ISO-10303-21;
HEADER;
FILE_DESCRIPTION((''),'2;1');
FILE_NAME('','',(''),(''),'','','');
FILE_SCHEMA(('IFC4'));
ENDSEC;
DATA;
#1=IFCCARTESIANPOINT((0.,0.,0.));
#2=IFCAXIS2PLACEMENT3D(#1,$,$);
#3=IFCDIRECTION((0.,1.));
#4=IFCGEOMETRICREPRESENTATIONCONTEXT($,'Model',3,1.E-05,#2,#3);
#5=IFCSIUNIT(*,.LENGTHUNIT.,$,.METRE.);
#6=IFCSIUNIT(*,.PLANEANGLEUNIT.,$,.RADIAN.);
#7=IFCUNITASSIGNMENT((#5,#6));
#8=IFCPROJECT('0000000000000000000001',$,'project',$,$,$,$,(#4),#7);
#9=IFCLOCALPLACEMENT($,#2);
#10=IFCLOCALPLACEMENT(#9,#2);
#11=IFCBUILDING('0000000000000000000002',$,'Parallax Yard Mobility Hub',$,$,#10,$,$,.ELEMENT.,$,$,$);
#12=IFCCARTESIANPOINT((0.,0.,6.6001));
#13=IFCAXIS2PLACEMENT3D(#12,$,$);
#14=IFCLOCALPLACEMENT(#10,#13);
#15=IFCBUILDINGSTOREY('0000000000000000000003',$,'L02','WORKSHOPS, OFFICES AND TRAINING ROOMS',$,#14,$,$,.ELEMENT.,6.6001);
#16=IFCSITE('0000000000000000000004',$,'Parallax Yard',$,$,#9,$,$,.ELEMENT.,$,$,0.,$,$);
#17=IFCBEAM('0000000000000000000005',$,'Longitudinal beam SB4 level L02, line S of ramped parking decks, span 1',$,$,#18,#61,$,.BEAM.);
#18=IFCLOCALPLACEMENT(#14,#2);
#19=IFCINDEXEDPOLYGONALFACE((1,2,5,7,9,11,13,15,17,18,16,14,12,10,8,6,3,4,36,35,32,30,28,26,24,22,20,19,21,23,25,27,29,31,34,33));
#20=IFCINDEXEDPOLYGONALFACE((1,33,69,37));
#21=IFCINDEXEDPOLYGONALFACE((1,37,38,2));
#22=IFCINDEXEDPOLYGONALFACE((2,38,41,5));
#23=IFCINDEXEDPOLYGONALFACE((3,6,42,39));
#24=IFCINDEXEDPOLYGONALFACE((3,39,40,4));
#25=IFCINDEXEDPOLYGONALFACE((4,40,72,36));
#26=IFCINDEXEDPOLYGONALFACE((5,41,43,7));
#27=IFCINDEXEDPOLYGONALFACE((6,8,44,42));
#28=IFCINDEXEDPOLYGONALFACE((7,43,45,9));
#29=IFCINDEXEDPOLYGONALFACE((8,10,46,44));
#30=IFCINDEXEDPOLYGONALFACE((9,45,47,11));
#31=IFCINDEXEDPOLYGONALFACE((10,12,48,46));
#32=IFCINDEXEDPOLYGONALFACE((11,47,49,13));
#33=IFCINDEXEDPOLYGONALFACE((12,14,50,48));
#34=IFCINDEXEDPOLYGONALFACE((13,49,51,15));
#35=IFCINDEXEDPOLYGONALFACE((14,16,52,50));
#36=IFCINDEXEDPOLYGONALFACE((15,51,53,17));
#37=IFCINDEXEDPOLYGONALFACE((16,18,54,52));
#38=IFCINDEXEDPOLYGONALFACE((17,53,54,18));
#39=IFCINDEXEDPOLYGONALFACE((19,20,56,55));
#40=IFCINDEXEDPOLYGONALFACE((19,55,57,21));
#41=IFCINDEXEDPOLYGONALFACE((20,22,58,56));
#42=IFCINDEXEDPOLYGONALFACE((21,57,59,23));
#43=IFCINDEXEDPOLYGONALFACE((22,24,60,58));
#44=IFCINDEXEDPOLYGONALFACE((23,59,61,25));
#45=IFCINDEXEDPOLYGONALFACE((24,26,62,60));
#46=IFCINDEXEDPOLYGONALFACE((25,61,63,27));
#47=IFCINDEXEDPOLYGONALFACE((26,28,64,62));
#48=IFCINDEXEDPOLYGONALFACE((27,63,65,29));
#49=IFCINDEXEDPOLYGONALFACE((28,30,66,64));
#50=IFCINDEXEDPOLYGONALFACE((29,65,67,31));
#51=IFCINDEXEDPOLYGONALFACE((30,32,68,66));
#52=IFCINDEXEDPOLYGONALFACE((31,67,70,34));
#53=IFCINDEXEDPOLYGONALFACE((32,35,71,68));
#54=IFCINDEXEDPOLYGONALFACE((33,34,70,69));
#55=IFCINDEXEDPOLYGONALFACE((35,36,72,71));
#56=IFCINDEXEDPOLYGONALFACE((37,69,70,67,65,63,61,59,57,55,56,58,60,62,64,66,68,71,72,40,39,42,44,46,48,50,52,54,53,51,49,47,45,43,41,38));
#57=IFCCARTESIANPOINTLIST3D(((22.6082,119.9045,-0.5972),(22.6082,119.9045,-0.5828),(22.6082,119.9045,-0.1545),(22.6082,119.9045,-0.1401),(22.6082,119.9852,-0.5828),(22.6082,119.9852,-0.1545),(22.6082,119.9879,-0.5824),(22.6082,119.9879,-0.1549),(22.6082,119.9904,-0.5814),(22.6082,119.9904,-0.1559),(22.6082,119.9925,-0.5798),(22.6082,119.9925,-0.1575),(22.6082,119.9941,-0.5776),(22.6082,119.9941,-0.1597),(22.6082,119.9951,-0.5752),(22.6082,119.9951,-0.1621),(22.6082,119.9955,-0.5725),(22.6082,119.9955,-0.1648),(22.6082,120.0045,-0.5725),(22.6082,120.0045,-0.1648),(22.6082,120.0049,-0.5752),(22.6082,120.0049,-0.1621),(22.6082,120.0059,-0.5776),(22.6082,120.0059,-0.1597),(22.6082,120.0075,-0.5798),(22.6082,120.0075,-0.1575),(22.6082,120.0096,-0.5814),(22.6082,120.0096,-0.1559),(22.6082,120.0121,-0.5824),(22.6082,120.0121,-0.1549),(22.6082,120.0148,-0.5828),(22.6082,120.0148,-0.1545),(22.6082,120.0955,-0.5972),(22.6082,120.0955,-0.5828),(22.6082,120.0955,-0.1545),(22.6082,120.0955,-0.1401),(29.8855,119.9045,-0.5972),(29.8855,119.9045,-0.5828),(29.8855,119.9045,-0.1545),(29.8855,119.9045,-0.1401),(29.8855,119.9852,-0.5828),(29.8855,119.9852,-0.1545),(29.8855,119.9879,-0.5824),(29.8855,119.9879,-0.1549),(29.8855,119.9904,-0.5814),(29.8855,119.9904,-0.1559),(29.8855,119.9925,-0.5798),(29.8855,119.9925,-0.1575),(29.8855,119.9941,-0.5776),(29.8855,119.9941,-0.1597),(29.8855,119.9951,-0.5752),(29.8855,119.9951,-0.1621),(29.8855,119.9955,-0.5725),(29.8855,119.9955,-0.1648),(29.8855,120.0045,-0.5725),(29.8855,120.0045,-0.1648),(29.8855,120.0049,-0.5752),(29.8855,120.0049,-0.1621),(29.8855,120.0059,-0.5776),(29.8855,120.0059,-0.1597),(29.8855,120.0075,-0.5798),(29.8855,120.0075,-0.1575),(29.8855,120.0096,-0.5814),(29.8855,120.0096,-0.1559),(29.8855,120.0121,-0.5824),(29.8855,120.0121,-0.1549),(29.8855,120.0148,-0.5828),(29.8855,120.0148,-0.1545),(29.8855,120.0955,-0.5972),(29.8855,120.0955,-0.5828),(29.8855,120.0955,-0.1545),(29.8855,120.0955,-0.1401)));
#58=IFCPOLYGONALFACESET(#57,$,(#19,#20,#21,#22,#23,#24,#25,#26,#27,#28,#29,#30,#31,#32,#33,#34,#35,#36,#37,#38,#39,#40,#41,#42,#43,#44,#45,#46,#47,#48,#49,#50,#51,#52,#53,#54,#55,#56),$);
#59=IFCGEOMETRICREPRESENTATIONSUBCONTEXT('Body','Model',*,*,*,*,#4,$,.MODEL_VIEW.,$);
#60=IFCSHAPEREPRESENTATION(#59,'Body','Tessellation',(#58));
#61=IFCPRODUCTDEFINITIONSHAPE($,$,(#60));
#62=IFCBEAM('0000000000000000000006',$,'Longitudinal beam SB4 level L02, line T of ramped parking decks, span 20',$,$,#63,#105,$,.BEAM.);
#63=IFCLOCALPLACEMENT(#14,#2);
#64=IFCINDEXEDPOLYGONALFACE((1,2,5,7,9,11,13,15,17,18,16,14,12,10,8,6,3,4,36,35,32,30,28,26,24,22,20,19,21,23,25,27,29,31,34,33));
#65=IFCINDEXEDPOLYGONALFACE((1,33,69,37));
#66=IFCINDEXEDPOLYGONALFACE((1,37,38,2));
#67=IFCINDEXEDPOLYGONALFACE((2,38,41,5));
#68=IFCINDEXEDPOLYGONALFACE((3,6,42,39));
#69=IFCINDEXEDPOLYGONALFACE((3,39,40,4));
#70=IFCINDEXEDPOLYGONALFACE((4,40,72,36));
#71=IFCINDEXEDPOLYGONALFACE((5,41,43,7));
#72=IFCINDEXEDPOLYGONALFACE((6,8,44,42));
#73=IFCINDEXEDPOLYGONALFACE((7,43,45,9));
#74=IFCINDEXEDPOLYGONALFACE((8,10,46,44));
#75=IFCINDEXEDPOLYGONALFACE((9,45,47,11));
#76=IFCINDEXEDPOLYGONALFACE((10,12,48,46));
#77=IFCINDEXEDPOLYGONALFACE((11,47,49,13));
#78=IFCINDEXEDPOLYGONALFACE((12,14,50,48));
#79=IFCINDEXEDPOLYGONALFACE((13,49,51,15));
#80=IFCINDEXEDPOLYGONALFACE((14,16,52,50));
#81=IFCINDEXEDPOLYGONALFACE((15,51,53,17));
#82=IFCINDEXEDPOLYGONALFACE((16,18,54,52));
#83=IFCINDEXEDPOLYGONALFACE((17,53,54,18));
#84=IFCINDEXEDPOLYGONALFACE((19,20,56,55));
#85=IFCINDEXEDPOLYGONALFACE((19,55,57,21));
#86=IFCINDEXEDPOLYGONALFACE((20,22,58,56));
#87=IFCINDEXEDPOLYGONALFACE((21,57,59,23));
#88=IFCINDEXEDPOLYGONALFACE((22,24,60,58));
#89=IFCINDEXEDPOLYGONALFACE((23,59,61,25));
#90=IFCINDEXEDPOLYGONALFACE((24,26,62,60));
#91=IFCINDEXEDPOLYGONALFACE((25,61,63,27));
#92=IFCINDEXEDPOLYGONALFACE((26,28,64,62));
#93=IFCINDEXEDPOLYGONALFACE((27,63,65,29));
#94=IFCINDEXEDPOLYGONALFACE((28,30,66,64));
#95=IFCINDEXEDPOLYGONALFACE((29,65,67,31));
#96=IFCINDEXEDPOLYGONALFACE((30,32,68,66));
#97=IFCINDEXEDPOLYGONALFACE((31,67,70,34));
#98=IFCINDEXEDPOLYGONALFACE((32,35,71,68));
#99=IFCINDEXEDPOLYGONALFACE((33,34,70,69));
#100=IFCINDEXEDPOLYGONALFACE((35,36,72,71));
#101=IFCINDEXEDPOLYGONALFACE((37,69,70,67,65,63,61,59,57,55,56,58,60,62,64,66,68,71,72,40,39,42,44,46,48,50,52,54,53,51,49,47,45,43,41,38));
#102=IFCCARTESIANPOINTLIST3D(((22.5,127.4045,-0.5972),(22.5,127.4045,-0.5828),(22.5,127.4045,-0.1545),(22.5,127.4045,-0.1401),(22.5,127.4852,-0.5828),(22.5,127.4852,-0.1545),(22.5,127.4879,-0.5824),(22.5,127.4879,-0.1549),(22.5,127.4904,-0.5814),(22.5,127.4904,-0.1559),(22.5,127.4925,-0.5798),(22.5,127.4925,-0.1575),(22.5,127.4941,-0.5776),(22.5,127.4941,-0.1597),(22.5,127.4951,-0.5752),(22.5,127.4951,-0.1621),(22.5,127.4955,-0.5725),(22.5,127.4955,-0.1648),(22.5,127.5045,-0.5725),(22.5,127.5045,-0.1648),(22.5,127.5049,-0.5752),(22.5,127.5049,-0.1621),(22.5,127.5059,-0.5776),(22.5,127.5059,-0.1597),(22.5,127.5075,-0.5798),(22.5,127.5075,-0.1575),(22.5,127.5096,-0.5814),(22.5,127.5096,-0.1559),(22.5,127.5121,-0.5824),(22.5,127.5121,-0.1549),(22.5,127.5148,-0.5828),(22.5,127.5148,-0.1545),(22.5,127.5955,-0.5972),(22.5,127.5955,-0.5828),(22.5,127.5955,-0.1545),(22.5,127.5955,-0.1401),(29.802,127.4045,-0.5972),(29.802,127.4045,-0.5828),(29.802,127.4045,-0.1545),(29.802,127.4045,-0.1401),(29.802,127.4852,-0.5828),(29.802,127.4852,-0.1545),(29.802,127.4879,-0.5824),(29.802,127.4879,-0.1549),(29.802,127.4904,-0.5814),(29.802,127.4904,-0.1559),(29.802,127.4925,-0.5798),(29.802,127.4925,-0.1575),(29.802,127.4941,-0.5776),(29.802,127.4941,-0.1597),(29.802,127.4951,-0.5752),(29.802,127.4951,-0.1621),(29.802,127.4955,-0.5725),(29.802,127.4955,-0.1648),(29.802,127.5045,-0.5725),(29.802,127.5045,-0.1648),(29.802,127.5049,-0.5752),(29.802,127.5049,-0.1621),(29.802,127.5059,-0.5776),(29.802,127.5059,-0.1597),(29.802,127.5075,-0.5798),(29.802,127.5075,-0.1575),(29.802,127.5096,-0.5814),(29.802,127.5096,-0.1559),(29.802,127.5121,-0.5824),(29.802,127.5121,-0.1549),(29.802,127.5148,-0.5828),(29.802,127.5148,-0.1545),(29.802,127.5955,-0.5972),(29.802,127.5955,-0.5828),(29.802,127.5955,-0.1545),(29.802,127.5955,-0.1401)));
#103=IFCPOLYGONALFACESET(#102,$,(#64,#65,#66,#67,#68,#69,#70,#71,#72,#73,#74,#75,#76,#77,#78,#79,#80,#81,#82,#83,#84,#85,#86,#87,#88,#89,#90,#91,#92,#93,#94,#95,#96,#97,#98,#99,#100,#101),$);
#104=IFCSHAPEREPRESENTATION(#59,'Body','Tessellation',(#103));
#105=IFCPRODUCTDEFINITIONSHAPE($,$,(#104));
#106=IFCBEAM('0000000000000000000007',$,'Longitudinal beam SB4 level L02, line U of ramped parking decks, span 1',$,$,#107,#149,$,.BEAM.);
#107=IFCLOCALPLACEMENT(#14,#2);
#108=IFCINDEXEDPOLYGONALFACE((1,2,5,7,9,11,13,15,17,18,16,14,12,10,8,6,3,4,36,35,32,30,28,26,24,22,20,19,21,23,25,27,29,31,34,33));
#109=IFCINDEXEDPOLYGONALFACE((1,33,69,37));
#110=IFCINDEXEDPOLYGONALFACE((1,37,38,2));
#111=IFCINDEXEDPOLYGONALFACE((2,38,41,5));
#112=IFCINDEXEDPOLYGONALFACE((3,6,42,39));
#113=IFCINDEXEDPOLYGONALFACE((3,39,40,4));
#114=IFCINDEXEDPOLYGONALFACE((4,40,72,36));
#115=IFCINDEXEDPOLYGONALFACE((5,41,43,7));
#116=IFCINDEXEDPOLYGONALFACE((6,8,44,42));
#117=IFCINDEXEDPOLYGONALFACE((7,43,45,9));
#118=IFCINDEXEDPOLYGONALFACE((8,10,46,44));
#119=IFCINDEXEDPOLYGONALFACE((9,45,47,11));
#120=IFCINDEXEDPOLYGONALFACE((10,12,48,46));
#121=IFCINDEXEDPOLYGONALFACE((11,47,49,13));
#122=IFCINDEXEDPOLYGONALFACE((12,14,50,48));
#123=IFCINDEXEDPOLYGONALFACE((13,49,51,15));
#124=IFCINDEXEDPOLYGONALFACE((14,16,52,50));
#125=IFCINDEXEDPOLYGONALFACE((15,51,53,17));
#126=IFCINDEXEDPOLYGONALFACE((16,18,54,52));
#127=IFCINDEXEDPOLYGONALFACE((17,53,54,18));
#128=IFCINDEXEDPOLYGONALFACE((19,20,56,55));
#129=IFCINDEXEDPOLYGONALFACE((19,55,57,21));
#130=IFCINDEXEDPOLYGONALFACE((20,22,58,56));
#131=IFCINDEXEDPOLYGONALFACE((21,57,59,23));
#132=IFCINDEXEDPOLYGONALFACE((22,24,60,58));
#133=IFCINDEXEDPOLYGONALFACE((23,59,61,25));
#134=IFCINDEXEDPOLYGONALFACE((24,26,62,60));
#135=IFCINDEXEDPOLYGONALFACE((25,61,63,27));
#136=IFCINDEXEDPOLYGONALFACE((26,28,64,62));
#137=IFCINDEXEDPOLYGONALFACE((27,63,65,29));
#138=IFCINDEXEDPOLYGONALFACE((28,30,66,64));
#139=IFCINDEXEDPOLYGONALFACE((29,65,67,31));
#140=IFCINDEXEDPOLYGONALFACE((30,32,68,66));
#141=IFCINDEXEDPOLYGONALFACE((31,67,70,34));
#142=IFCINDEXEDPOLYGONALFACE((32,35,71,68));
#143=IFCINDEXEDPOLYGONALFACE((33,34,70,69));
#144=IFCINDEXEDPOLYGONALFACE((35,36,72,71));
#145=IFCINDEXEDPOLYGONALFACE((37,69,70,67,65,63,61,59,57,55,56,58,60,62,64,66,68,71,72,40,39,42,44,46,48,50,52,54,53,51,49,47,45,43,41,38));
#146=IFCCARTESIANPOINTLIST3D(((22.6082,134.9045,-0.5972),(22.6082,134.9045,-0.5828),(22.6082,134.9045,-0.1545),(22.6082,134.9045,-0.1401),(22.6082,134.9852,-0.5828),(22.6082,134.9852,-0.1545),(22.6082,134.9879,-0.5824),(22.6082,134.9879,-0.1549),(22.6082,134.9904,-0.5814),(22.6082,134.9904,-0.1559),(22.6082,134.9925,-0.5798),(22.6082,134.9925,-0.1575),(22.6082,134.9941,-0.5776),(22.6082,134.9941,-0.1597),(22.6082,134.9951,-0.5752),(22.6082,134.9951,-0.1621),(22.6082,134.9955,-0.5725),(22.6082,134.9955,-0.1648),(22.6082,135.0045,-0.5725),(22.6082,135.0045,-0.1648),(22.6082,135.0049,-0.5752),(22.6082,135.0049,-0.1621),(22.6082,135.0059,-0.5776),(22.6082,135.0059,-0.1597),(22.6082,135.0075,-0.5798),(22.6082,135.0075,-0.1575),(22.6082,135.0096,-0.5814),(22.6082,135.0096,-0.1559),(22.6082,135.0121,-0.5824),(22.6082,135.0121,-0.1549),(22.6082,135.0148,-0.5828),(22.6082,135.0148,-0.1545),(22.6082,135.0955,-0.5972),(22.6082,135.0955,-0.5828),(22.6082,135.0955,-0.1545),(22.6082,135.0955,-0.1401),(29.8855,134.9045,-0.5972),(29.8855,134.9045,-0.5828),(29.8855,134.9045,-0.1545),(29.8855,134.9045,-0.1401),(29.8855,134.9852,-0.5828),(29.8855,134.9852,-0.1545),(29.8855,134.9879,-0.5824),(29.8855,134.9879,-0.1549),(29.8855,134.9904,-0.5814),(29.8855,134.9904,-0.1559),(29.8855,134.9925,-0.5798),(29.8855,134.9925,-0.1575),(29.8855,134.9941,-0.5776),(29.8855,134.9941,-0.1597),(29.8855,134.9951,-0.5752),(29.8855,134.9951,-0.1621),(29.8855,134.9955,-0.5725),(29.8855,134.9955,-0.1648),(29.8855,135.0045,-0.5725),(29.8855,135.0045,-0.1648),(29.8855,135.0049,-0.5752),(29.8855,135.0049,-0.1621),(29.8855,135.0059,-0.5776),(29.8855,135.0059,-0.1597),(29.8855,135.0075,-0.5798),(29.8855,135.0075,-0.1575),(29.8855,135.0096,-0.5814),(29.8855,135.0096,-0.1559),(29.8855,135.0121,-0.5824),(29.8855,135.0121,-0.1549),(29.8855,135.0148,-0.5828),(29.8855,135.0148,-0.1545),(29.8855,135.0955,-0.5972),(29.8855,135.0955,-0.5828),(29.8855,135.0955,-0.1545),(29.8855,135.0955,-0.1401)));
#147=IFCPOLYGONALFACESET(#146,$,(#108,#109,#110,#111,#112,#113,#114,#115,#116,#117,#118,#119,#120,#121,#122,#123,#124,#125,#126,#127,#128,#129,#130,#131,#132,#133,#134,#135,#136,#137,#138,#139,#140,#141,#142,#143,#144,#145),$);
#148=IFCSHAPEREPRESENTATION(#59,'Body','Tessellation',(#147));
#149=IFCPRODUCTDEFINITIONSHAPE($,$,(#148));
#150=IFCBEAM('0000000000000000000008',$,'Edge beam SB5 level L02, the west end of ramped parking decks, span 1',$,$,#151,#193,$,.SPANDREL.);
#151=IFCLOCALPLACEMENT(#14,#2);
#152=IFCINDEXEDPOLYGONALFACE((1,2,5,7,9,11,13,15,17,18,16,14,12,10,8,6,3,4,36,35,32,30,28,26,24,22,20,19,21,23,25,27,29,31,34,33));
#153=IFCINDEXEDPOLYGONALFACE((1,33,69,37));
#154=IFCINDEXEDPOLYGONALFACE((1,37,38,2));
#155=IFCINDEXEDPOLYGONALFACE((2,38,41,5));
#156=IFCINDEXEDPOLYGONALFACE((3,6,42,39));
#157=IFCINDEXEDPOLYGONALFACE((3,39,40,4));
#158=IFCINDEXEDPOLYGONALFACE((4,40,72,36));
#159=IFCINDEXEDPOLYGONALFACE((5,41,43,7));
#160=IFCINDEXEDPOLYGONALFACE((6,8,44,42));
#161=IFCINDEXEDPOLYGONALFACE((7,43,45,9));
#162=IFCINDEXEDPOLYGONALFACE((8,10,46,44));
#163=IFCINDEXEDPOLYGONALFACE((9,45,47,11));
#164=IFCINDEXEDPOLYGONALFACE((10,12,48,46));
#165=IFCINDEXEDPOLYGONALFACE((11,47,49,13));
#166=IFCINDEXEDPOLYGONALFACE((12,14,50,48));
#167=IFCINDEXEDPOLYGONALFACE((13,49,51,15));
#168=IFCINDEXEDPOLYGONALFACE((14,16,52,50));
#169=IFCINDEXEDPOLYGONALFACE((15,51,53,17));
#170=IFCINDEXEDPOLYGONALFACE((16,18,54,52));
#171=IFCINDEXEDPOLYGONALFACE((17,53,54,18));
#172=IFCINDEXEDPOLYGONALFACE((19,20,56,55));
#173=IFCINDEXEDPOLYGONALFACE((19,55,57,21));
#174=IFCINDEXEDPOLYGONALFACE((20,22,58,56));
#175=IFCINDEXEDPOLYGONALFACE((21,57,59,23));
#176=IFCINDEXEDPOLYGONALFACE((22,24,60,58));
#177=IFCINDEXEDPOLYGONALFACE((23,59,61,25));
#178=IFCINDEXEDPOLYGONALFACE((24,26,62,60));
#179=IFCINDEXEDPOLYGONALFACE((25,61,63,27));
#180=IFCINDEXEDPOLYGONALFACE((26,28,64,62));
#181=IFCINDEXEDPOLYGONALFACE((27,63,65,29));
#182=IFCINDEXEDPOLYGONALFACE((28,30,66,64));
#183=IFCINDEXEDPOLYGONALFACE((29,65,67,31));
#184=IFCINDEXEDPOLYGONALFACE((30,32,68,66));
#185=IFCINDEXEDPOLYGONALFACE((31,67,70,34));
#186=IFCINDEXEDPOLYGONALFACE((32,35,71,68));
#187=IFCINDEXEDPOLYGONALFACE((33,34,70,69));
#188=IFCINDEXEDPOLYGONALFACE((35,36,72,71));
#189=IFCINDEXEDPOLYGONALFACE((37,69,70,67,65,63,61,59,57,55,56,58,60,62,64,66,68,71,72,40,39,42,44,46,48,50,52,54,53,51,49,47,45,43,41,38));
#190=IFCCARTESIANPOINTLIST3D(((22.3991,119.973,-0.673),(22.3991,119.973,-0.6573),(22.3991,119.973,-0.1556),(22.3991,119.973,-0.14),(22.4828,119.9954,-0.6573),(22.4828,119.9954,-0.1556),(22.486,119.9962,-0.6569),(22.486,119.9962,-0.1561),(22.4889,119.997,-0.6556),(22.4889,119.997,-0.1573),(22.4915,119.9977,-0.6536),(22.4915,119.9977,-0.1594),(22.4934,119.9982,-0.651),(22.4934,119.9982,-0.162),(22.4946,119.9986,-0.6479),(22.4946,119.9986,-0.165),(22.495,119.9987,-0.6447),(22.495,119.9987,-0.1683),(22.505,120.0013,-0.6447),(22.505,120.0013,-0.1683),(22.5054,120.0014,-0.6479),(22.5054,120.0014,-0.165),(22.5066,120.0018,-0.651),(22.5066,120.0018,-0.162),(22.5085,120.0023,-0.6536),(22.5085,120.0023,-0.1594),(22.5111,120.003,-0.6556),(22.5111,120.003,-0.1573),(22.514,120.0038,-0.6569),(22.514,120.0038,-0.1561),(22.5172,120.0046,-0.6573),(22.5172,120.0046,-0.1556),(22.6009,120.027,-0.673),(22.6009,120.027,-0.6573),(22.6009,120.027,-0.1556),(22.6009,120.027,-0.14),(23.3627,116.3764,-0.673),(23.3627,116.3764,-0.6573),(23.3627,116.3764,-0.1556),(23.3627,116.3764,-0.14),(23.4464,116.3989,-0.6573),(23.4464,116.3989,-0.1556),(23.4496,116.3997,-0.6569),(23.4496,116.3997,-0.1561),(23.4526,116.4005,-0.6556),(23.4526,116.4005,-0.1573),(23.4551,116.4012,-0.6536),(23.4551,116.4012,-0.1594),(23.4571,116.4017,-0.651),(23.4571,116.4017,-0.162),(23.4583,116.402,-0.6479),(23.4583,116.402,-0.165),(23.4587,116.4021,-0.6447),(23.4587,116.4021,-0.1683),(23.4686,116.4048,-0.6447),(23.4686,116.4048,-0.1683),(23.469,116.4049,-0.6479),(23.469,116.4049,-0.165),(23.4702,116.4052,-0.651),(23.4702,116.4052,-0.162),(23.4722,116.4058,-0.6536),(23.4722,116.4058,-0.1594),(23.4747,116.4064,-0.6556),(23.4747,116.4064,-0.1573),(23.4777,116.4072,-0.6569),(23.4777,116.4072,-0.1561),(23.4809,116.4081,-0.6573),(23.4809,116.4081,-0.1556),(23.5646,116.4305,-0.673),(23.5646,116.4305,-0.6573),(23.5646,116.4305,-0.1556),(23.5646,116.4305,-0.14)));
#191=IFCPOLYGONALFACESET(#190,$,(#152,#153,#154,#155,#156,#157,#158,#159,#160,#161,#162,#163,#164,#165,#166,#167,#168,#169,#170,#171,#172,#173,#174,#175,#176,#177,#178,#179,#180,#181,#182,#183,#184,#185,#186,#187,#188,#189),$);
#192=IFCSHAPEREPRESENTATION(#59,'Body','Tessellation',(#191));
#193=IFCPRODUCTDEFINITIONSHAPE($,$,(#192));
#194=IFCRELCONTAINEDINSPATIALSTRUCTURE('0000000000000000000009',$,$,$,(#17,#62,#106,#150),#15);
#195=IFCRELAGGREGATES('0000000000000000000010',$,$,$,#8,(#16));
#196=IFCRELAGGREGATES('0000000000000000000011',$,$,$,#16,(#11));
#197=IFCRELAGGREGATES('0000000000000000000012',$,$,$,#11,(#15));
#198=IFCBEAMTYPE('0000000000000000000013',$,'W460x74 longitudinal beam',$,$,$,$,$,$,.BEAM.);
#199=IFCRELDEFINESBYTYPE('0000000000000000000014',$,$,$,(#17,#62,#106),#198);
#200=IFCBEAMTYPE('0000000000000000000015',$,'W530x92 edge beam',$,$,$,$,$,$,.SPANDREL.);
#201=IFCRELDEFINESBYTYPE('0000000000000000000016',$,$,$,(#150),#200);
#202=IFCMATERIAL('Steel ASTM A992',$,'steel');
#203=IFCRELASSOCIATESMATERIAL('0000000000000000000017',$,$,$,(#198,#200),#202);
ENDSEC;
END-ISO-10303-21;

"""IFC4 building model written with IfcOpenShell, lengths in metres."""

from ifc_helpers import new_model, si_unit, direction, frame, origin, origin_2d, place, context, subcontext, project, spatial, i_section, extrude, material, material_profile, profile_set, type_object, element, save


model = new_model("IFC4")

# Units and contexts
model_context = context("Model", 3, precision=1e-05, world=origin(), true_north=direction((0.0, 1.0)))
body_context = subcontext(model_context, "Body", "Model", "MODEL_VIEW")
ifc_project = project(units=[si_unit("LENGTHUNIT", "METRE"), si_unit("PLANEANGLEUNIT", "RADIAN")], contexts=[model_context])

# Site, building, storey
site_placement = place(None, origin())
site = spatial("IfcSite", under=ifc_project, at=site_placement, Name="Parallax Yard", CompositionType="ELEMENT", RefElevation=0.0)
building_placement = place(site_placement, origin())
building = spatial("IfcBuilding", under=site, at=building_placement, Name="Parallax Yard Mobility Hub", CompositionType="ELEMENT")
storey_placement = place(building_placement, frame((0.0, 0.0, 6.6001)))
storey = spatial("IfcBuildingStorey", under=building, at=storey_placement, Name="L02", Description="WORKSHOPS, OFFICES AND TRAINING ROOMS", CompositionType="ELEMENT", Elevation=6.6001)

# Beams
ifc_material_1 = material(Name="Steel ASTM A992", Category="steel")
ifc_material_profile_1 = material_profile(ifc_material_1, i_section(OverallWidth=0.1909, OverallDepth=0.457, WebThickness=0.009, FlangeThickness=0.0144, FilletRadius=0.0103, at=origin_2d()), Name="W460x74")
ifc_profile_set_1 = profile_set([ifc_material_profile_1], Name="Steel ASTM A992")
beam_type_1 = type_object("IfcBeamType", Name="W460x74 longitudinal beam", PredefinedType="BEAM", material=ifc_profile_set_1)
beam_1_placement = place(storey_placement, frame((22.6082, 120.0, -0.3687), z_axis=(1.0, 0.0, 0.0), x_axis=(0.0, 1.0, 0.0)))
element("IfcBeam", 1, at=beam_1_placement, inside=storey, type_object=beam_type_1, Name="Longitudinal beam SB4 level L02, line S of ramped parking decks, span 1", PredefinedType="BEAM", context=body_context, shape_type="SweptSolid", body=[
    extrude(i_section(OverallWidth=0.1909, OverallDepth=0.457, WebThickness=0.009, FlangeThickness=0.0144, FilletRadius=0.0103, at=origin_2d()), origin(), (0.0, 0.0, 1.0), 7.2773),
])
beam_2_placement = place(storey_placement, frame((22.5, 127.5, -0.3687), z_axis=(1.0, 0.0, 0.0), x_axis=(0.0, 1.0, 0.0)))
element("IfcBeam", 2, at=beam_2_placement, inside=storey, type_object=beam_type_1, Name="Longitudinal beam SB4 level L02, line T of ramped parking decks, span 20", PredefinedType="BEAM", context=body_context, shape_type="SweptSolid", body=[
    extrude(i_section(OverallWidth=0.1909, OverallDepth=0.457, WebThickness=0.009, FlangeThickness=0.0144, FilletRadius=0.0103, at=origin_2d()), origin(), (0.0, 0.0, 1.0), 7.302),
])
beam_3_placement = place(storey_placement, frame((22.6082, 135.0, -0.3687), z_axis=(1.0, 0.0, 0.0), x_axis=(0.0, 1.0, 0.0)))
element("IfcBeam", 3, at=beam_3_placement, inside=storey, type_object=beam_type_1, Name="Longitudinal beam SB4 level L02, line U of ramped parking decks, span 1", PredefinedType="BEAM", context=body_context, shape_type="SweptSolid", body=[
    extrude(i_section(OverallWidth=0.1909, OverallDepth=0.457, WebThickness=0.009, FlangeThickness=0.0144, FilletRadius=0.0103, at=origin_2d()), origin(), (0.0, 0.0, 1.0), 7.2773),
])
ifc_material_profile_2 = material_profile(ifc_material_1, i_section(OverallWidth=0.209, OverallDepth=0.533, WebThickness=0.0103, FlangeThickness=0.0156, FilletRadius=0.0127, at=origin_2d()), Name="W530x92")
ifc_profile_set_2 = profile_set([ifc_material_profile_2], Name="Steel ASTM A992")
beam_type_2 = type_object("IfcBeamType", Name="W530x92 edge beam", PredefinedType="SPANDREL", material=ifc_profile_set_2)
beam_4_placement = place(storey_placement, frame((22.5, 120.0, -0.4065), z_axis=(0.258809, -0.965928, 0.0), x_axis=(0.965928, 0.258809, 0.0)))
element("IfcBeam", 4, at=beam_4_placement, inside=storey, type_object=beam_type_2, Name="Edge beam SB5 level L02, the west end of ramped parking decks, span 1", PredefinedType="SPANDREL", context=body_context, shape_type="SweptSolid", body=[
    extrude(i_section(OverallWidth=0.209, OverallDepth=0.533, WebThickness=0.0103, FlangeThickness=0.0156, FilletRadius=0.0127, at=origin_2d()), origin(), (0.0, 0.0, 1.0), 3.7234),
])

save(model, "model.ifc")
